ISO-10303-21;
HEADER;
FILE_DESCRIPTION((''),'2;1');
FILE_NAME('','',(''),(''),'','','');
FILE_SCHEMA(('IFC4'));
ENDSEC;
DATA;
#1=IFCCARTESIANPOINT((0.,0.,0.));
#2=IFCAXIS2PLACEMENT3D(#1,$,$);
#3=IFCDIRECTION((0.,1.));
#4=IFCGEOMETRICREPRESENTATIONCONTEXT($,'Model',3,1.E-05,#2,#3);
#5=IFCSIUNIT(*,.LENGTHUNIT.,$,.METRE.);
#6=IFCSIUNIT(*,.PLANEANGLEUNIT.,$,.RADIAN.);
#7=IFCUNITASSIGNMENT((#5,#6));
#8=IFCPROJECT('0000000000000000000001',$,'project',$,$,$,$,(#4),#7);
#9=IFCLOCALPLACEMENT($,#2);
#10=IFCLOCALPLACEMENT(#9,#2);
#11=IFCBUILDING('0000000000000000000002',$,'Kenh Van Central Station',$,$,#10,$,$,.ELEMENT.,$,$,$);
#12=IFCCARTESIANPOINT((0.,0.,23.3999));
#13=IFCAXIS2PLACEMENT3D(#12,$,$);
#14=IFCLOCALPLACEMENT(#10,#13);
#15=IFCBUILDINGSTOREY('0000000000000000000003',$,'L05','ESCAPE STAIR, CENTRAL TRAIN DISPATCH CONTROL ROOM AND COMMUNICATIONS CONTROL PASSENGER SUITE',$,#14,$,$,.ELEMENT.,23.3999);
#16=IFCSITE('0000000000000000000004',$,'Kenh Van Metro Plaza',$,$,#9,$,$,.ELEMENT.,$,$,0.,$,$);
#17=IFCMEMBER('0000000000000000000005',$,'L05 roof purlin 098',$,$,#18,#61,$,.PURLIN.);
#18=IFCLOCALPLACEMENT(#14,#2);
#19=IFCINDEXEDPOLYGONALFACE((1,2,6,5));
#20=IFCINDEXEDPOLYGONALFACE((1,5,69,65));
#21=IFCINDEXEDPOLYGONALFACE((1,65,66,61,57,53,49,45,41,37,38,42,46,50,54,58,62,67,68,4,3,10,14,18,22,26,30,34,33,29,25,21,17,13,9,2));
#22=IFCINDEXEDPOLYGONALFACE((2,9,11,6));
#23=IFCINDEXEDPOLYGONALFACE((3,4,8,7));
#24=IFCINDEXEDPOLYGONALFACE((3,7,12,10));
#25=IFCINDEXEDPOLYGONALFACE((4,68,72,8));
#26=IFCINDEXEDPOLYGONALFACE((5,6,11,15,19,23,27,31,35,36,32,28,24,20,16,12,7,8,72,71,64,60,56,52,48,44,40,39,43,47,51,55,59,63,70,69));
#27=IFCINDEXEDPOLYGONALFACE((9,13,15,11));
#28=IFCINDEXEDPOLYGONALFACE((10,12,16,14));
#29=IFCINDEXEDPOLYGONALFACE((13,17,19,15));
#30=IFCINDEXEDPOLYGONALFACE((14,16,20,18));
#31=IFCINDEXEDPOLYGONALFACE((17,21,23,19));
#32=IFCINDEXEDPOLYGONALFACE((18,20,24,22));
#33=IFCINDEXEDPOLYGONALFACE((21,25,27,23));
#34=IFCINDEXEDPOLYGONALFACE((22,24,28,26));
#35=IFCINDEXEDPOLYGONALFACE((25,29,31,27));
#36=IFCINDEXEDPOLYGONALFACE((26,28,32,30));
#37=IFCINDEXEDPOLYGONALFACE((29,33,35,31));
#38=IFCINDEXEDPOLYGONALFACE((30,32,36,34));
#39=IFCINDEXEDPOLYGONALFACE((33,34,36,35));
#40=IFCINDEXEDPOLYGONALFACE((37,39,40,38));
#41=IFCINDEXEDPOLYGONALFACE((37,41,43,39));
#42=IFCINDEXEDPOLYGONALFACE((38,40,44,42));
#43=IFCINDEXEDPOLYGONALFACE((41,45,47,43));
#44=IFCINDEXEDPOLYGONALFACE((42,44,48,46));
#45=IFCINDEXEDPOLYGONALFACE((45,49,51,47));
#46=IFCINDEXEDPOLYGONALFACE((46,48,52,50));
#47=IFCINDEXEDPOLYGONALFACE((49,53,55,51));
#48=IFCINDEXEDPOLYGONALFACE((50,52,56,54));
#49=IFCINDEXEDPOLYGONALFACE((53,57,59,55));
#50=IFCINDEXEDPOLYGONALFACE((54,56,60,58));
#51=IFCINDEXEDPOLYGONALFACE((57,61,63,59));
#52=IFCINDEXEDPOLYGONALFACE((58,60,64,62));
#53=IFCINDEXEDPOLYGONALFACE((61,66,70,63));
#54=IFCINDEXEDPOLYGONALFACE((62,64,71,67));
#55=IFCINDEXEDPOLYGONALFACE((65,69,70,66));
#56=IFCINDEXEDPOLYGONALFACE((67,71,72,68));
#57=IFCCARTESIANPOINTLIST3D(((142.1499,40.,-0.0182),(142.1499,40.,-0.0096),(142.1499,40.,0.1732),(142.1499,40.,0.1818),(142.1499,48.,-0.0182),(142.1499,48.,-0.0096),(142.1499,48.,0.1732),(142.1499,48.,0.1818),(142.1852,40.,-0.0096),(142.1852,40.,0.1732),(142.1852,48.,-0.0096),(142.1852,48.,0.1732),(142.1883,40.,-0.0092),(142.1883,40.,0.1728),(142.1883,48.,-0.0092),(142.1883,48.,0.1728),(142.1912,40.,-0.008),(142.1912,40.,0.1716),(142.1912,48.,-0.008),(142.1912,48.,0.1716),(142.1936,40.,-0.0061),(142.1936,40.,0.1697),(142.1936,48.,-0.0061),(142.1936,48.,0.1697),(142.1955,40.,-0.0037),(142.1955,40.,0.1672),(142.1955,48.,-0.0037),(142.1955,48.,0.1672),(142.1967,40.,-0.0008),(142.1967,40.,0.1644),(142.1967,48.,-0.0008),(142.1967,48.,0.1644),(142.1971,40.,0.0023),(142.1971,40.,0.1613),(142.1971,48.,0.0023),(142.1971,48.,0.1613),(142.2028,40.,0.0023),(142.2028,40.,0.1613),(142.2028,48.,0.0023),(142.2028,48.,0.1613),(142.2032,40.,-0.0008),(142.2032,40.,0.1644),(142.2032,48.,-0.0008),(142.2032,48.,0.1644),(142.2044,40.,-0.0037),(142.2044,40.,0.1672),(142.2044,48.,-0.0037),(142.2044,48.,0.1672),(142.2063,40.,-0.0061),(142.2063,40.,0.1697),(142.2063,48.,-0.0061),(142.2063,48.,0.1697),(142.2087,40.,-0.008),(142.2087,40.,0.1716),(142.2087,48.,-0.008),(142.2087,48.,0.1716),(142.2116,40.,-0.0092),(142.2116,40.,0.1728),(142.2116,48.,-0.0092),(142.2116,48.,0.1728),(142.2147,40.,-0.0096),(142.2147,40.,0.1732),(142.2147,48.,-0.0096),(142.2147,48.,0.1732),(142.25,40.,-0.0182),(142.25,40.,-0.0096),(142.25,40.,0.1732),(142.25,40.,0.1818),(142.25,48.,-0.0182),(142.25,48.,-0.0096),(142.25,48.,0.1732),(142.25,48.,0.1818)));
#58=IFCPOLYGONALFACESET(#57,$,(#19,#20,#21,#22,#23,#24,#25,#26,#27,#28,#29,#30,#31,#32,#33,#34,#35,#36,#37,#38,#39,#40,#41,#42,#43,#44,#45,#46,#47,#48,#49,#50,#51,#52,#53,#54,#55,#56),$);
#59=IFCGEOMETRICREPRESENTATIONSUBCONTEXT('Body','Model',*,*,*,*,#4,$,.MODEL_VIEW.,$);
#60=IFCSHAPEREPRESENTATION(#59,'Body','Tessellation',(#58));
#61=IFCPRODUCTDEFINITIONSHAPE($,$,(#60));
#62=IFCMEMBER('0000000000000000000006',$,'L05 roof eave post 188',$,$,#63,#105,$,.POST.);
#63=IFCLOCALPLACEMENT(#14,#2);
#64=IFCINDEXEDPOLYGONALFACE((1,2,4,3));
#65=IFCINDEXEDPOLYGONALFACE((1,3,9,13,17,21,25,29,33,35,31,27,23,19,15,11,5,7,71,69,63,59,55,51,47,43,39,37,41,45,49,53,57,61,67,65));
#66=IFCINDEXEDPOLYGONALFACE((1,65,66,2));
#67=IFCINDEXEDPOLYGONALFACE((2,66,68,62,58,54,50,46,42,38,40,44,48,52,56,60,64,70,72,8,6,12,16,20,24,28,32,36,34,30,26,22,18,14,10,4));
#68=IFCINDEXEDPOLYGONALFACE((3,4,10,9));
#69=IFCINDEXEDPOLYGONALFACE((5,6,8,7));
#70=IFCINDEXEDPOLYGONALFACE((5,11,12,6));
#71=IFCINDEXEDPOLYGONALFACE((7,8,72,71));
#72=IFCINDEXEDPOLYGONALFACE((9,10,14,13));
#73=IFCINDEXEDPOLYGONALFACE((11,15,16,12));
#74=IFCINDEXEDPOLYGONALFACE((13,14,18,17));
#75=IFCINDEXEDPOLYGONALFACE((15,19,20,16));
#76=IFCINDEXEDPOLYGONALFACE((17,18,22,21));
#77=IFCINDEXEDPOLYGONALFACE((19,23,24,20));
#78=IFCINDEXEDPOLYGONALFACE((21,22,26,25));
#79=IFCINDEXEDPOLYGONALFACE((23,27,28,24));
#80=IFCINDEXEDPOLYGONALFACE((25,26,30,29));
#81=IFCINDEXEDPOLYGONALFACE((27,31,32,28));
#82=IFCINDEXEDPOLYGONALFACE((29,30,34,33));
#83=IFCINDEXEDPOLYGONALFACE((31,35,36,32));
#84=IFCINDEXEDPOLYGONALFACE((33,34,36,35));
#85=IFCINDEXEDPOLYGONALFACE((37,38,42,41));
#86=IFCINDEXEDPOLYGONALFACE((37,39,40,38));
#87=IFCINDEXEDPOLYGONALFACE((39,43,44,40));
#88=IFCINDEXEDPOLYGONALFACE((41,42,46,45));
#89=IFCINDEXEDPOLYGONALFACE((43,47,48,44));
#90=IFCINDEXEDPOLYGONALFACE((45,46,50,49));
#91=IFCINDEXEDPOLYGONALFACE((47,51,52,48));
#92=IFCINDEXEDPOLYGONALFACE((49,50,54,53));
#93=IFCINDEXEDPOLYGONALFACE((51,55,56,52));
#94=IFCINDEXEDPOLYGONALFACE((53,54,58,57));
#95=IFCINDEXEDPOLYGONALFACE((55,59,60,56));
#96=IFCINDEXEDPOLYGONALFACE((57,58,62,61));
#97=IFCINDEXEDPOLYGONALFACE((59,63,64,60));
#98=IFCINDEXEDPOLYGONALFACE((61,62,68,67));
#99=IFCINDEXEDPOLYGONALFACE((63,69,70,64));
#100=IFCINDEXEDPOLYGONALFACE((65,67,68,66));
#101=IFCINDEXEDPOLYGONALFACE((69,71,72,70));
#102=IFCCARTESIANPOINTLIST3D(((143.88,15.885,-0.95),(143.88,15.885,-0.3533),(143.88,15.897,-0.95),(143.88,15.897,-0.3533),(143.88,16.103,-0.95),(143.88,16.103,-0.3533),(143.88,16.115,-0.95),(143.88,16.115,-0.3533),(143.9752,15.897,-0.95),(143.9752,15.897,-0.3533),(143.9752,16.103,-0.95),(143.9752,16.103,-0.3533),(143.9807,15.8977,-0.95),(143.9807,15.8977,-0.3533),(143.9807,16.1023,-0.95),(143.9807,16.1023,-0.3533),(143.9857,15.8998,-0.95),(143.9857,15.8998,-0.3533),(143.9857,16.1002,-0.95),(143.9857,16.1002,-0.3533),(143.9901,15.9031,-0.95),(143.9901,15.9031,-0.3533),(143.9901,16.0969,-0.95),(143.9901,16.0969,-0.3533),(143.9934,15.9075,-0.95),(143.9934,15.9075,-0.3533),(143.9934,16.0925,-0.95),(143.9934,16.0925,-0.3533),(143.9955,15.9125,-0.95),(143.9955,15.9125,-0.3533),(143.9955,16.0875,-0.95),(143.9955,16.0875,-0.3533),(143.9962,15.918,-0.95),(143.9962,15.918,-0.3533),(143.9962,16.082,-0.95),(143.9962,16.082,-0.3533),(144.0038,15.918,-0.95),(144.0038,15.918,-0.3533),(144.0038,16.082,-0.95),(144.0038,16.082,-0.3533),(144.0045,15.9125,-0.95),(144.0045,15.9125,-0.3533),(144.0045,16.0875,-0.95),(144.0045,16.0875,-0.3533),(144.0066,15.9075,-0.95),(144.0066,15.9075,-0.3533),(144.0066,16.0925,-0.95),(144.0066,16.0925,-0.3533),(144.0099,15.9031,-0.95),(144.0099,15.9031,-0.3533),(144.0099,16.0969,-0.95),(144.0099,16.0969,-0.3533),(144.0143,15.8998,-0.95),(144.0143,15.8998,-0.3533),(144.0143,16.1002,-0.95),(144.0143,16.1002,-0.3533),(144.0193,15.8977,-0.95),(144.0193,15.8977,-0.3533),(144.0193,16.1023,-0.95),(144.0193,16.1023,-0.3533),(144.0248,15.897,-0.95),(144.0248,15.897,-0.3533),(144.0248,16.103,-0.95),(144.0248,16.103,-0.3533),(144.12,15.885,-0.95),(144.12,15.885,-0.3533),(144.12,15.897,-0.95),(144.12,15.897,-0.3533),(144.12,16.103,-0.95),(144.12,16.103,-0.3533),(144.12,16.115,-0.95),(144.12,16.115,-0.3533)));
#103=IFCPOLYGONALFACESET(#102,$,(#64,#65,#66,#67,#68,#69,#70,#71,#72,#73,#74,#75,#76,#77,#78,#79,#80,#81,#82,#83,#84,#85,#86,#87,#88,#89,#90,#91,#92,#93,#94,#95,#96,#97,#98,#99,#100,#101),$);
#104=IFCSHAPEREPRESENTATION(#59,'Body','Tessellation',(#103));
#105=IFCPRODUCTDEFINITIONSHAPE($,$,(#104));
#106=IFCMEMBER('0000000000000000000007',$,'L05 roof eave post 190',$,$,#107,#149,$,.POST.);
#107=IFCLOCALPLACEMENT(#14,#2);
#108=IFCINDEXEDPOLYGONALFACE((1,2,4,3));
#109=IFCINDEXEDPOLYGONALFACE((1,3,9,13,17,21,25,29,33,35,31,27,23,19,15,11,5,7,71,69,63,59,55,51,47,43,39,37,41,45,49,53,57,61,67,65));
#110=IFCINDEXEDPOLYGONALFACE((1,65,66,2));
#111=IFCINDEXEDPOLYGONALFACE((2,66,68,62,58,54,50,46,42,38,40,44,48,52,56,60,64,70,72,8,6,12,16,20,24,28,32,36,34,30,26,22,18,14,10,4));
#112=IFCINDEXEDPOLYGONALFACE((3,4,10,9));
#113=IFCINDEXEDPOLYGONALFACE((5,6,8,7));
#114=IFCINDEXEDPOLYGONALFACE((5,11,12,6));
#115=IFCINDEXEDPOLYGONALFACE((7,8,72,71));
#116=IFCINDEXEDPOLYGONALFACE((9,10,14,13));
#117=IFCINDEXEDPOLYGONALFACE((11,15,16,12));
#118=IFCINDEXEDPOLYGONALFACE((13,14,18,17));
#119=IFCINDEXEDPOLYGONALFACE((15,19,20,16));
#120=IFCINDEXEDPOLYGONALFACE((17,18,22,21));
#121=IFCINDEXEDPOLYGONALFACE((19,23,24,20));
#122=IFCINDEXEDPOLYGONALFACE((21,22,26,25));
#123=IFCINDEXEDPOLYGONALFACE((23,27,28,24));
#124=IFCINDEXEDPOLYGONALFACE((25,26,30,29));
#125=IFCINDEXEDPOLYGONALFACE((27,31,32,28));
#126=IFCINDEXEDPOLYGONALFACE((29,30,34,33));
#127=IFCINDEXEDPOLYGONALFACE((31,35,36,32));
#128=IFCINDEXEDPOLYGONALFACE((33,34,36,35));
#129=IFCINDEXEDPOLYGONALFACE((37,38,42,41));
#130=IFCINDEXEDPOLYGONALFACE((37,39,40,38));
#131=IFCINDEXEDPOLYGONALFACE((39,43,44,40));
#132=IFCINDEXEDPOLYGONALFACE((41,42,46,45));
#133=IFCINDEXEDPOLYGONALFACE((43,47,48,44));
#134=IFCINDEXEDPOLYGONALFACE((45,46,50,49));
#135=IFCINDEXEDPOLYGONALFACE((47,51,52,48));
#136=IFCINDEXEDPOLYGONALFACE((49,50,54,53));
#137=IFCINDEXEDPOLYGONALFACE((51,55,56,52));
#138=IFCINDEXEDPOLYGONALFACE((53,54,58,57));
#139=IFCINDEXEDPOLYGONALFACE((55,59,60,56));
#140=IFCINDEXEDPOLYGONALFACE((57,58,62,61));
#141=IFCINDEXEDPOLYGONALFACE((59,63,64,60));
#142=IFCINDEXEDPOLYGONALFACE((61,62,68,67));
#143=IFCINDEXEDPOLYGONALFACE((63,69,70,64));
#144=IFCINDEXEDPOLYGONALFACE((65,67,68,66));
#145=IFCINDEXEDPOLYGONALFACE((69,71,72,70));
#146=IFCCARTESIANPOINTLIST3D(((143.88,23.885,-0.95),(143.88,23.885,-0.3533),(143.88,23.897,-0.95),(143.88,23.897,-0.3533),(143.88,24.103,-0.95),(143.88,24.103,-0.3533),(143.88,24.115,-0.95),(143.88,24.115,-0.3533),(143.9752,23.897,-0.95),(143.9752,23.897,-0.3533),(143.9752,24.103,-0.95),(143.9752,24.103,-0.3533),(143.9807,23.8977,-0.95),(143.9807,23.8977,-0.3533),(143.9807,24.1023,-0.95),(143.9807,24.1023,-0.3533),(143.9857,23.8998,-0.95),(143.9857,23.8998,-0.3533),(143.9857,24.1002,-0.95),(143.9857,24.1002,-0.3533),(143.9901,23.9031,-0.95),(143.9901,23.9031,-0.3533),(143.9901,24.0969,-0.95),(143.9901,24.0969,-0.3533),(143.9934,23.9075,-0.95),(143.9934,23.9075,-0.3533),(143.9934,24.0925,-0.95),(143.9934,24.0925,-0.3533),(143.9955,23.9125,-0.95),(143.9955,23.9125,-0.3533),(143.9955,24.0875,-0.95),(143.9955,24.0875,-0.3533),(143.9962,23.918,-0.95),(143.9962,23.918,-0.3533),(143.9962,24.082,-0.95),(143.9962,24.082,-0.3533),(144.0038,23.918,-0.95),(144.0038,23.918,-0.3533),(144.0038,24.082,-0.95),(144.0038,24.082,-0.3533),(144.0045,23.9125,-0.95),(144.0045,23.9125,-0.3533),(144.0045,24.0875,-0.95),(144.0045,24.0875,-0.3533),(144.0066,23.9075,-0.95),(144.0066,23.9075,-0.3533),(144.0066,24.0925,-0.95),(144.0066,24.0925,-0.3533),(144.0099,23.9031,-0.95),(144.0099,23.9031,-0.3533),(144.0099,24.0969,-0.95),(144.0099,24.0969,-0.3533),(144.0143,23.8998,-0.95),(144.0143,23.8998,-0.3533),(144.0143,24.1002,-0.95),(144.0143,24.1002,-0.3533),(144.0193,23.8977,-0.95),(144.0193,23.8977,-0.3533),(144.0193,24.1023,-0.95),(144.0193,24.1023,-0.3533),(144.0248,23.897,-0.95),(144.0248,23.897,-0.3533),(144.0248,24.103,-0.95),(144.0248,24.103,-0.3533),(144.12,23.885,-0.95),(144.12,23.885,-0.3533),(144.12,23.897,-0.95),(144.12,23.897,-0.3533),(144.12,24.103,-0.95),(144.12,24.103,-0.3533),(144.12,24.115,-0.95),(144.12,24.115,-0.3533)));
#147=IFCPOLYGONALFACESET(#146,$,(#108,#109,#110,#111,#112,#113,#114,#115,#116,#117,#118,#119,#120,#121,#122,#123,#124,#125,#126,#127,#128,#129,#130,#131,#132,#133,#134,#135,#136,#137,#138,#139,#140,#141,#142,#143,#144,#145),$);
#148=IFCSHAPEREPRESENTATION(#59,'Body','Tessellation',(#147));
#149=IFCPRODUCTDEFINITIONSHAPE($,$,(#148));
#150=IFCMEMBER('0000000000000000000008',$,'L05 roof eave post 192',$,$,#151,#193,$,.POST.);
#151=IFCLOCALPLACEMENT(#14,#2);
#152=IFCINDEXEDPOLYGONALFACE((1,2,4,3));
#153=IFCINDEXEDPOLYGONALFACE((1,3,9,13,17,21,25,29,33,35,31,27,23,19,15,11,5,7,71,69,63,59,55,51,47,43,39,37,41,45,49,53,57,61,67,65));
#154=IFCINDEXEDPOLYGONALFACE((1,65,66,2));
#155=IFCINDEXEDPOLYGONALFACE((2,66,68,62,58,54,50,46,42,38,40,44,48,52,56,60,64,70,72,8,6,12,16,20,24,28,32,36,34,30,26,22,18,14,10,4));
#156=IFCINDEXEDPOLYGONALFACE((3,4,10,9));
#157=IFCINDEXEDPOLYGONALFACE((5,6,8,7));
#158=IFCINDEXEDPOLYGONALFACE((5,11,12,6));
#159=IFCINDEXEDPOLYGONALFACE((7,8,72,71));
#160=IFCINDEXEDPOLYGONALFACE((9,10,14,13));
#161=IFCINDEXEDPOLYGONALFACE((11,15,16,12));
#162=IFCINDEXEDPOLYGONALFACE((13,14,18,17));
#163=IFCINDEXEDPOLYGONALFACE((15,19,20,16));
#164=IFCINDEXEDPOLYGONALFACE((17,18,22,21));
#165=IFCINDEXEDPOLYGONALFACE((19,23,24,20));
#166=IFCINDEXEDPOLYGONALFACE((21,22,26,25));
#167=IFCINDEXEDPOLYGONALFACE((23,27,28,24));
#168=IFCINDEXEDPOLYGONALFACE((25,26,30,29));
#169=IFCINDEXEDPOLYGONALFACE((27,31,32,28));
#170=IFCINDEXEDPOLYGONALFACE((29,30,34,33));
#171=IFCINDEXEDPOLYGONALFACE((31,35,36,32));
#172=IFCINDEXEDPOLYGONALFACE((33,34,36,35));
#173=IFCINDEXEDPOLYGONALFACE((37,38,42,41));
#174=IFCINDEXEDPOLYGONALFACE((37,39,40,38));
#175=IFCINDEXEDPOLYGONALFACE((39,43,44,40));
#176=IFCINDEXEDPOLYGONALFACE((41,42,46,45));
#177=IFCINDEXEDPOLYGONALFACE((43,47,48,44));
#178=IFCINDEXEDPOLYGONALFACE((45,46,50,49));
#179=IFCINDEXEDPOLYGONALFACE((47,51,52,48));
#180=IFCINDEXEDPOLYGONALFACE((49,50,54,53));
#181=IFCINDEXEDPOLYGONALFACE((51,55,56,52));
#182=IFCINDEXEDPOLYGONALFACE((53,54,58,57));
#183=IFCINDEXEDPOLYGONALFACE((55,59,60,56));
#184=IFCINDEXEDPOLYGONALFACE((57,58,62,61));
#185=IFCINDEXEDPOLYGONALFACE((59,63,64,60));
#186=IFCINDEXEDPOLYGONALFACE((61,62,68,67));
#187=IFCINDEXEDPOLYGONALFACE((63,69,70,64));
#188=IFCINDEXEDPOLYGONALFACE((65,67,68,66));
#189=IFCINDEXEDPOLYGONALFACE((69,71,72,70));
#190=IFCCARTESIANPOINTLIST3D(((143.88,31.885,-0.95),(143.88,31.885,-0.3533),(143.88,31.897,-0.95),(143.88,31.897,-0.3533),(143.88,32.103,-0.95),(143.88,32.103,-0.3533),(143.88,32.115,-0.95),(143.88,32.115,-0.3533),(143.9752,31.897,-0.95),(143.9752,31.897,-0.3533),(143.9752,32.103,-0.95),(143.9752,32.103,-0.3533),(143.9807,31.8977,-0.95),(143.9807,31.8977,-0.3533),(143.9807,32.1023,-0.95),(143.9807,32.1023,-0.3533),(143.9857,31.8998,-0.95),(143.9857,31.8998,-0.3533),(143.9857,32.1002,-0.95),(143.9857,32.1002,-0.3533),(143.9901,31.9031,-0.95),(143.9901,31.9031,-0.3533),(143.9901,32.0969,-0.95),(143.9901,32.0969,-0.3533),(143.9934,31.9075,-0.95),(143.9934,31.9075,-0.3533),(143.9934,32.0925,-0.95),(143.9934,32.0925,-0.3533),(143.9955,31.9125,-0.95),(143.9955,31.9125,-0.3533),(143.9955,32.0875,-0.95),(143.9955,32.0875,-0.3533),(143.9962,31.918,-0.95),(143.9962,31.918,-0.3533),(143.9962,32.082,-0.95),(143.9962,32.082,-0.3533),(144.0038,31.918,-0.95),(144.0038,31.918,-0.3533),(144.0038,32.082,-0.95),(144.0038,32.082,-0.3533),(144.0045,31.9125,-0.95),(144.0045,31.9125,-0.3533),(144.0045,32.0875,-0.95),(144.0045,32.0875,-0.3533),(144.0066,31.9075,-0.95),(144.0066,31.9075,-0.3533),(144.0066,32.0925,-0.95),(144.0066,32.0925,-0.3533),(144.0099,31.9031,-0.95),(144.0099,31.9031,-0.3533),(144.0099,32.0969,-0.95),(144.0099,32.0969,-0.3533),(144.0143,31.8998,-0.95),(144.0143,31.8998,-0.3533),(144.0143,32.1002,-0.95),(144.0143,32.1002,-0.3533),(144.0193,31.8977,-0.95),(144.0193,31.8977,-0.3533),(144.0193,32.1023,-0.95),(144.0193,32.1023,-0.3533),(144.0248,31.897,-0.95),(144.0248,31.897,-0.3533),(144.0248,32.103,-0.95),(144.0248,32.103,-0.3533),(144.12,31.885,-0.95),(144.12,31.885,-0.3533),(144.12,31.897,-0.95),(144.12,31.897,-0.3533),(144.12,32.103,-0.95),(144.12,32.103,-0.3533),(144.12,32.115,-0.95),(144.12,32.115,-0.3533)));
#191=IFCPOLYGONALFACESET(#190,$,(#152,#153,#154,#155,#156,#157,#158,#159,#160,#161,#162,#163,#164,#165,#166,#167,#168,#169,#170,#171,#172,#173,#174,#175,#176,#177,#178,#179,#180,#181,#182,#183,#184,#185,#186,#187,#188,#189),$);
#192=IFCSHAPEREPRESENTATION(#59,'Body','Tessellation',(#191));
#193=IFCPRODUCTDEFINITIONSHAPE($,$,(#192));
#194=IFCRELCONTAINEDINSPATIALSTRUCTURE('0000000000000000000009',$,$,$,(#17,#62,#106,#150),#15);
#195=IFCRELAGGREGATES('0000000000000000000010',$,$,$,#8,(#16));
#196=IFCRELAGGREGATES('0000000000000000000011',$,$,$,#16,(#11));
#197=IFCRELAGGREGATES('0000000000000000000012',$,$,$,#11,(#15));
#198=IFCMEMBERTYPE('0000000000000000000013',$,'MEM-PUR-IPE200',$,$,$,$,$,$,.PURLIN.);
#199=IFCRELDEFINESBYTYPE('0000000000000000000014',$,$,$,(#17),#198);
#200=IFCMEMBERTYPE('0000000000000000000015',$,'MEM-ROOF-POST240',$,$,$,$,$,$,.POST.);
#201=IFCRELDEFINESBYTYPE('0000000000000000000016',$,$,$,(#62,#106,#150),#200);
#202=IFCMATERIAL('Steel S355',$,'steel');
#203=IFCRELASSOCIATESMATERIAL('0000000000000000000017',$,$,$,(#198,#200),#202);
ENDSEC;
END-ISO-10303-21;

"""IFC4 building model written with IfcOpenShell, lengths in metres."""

from ifc_helpers import new_model, si_unit, direction, frame, origin, origin_2d, place, context, subcontext, project, spatial, i_section, extrude, material, material_profile, profile_set, type_object, element, save


model = new_model("IFC4")

# Units and contexts
model_context = context("Model", 3, precision=1e-05, world=origin(), true_north=direction((0.0, 1.0)))
body_context = subcontext(model_context, "Body", "Model", "MODEL_VIEW")
ifc_project = project(units=[si_unit("LENGTHUNIT", "METRE"), si_unit("PLANEANGLEUNIT", "RADIAN")], contexts=[model_context])

# Site, building, storey
site_placement = place(None, origin())
site = spatial("IfcSite", under=ifc_project, at=site_placement, Name="Kenh Van Metro Plaza", CompositionType="ELEMENT", RefElevation=0.0)
building_placement = place(site_placement, origin())
building = spatial("IfcBuilding", under=site, at=building_placement, Name="Kenh Van Central Station", CompositionType="ELEMENT")
storey_placement = place(building_placement, frame((0.0, 0.0, 23.3999)))
storey = spatial("IfcBuildingStorey", under=building, at=storey_placement, Name="L05", Description="ESCAPE STAIR, CENTRAL TRAIN DISPATCH CONTROL ROOM AND COMMUNICATIONS CONTROL PASSENGER SUITE", CompositionType="ELEMENT", Elevation=23.3999)

# Members
ifc_material_1 = material(Name="Steel S355", Category="steel")
ifc_material_profile_1 = material_profile(ifc_material_1, i_section(OverallWidth=0.1001, OverallDepth=0.2, WebThickness=0.0056, FlangeThickness=0.0085, FilletRadius=0.012, at=origin_2d()), Name="IPE 200")
ifc_profile_set_1 = profile_set([ifc_material_profile_1], Name="Steel S355")
member_type_1 = type_object("IfcMemberType", Name="MEM-PUR-IPE200", PredefinedType="PURLIN", material=ifc_profile_set_1)
for number, where, z_axis, x_axis, name in (
    (1, (142.2, 40.0, 0.0818), (0.0, 1.0, 0.0), (-1.0, 0.0, 0.0), "L05 roof purlin 098"),
):
    element("IfcMember", number, at=place(storey_placement, frame(where, z_axis=z_axis, x_axis=x_axis)), inside=storey, type_object=member_type_1, Name=name, PredefinedType="PURLIN", context=body_context, shape_type="SweptSolid", body=[
        extrude(i_section(OverallWidth=0.1001, OverallDepth=0.2, WebThickness=0.0056, FlangeThickness=0.0085, FilletRadius=0.012, at=origin_2d()), origin(), (0.0, 0.0, 1.0), 8.0),
    ])
ifc_material_profile_2 = material_profile(ifc_material_1, i_section(OverallWidth=0.24, OverallDepth=0.23, WebThickness=0.0076, FlangeThickness=0.012, FilletRadius=0.021, at=origin_2d()), Name="HEA 240")
ifc_profile_set_2 = profile_set([ifc_material_profile_2], Name="Steel S355")
member_type_2 = type_object("IfcMemberType", Name="MEM-ROOF-POST240", PredefinedType="POST", material=ifc_profile_set_2)
for number, where, z_axis, x_axis, name in (
    (2, (144.0, 16.0, -0.95), (0.0, 0.0, 1.0), (1.0, 0.0, 0.0), "L05 roof eave post 188"),
    (3, (144.0, 24.0, -0.95), (0.0, 0.0, 1.0), (1.0, 0.0, 0.0), "L05 roof eave post 190"),
    (4, (144.0, 32.0, -0.95), (0.0, 0.0, 1.0), (1.0, 0.0, 0.0), "L05 roof eave post 192"),
):
    element("IfcMember", number, at=place(storey_placement, frame(where, z_axis=z_axis, x_axis=x_axis)), inside=storey, type_object=member_type_2, Name=name, PredefinedType="POST", context=body_context, shape_type="SweptSolid", body=[
        extrude(i_section(OverallWidth=0.24, OverallDepth=0.23, WebThickness=0.0076, FlangeThickness=0.012, FilletRadius=0.021, at=origin_2d()), origin(), (0.0, 0.0, 1.0), 0.5967),
    ])

save(model, "model.ifc")
